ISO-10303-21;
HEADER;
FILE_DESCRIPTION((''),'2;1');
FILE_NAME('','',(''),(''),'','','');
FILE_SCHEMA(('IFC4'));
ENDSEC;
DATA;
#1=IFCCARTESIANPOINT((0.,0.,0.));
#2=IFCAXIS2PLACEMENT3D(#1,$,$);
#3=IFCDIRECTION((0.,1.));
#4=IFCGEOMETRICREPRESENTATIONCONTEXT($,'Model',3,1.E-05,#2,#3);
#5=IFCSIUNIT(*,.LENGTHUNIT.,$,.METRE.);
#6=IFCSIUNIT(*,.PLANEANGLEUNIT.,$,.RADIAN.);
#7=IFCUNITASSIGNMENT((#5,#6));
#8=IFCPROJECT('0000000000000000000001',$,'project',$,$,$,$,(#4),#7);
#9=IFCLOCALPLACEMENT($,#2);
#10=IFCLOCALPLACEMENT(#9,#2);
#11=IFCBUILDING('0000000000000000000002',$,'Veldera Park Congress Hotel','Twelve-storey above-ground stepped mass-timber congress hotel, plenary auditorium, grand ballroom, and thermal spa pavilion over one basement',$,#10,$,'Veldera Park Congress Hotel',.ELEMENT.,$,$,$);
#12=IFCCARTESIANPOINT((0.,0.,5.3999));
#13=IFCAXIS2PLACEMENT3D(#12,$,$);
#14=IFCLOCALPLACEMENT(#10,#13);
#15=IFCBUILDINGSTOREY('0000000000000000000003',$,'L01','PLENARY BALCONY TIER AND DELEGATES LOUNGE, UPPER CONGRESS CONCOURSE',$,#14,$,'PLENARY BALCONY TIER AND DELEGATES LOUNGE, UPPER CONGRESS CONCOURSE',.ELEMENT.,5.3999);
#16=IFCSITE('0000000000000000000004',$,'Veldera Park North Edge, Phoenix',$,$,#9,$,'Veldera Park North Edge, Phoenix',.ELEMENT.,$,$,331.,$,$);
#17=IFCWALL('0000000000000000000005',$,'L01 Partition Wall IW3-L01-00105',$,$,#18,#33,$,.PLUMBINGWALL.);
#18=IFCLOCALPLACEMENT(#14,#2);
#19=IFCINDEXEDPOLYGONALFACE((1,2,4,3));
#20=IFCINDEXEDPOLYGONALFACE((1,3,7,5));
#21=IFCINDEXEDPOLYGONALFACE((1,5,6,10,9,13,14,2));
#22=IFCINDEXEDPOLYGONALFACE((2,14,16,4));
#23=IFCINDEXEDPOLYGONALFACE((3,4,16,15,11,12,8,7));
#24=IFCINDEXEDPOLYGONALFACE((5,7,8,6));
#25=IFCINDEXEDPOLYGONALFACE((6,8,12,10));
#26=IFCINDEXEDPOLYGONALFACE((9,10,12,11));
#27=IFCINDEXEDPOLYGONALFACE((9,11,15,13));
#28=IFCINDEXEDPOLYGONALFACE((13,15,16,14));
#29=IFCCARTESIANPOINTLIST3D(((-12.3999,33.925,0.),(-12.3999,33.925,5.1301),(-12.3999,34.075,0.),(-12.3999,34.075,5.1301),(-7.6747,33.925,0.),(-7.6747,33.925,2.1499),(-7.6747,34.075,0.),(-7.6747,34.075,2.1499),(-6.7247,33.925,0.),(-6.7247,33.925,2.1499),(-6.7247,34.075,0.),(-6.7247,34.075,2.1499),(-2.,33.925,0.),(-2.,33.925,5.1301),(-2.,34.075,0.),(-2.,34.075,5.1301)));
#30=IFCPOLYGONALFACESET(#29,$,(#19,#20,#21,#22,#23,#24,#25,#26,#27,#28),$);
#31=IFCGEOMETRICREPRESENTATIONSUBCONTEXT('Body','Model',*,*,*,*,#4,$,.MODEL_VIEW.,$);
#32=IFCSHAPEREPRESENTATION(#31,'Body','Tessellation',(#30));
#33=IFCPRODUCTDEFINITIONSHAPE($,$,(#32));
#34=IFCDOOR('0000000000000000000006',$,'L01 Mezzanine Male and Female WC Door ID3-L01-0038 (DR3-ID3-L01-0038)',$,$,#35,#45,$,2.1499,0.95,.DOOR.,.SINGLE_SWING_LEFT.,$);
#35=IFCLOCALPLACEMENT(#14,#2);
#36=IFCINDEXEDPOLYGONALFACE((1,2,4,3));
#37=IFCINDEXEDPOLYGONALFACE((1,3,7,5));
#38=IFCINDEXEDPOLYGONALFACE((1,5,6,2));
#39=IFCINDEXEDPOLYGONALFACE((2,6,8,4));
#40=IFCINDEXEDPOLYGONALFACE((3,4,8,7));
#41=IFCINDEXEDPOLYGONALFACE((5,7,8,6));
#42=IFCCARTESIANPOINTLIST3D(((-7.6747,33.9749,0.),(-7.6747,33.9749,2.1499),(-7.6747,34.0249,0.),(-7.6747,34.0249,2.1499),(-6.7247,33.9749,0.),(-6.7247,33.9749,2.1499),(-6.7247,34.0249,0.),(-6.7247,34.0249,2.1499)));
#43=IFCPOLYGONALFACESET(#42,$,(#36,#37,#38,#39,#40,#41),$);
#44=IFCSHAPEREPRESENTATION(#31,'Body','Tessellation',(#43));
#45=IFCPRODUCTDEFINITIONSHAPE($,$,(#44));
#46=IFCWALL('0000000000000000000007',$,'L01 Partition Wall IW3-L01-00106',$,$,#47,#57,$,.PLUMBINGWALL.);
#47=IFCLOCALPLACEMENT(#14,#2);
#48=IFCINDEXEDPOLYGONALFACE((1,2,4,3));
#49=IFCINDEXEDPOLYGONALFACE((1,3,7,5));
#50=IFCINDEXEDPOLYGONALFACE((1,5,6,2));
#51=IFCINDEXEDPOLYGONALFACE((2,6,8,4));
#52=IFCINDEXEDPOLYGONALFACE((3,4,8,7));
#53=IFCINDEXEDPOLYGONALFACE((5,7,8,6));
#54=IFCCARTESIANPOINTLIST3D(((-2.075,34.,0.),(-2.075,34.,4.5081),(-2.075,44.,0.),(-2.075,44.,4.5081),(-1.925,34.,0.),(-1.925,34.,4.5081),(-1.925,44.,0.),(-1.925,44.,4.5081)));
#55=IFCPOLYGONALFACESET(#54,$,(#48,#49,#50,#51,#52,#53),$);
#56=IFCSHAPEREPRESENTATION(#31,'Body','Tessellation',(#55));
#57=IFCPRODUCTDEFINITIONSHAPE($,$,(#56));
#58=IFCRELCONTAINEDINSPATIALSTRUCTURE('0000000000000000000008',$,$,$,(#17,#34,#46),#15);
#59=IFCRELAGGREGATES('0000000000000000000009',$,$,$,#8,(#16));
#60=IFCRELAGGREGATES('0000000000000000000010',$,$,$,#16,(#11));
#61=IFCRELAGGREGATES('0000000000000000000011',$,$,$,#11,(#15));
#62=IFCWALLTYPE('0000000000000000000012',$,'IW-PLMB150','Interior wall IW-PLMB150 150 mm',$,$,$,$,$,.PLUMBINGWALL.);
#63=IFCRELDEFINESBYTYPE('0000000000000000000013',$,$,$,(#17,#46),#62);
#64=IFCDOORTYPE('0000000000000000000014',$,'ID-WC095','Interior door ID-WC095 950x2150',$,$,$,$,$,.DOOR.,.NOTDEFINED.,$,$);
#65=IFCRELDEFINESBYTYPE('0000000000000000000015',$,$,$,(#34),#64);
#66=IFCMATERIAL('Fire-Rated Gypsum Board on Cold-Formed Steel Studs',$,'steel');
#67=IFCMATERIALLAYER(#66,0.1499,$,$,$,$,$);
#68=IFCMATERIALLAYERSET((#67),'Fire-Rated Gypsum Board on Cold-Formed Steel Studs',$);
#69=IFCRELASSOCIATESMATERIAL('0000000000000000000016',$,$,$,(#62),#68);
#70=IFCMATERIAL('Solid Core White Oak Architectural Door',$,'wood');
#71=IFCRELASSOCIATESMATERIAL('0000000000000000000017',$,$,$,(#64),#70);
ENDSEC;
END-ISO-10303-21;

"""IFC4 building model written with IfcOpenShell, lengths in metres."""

from ifc_helpers import new_model, si_unit, direction, frame, frame_2d, origin, place, context, subcontext, project, spatial, rectangle, extrude, material, layer, layer_set, type_object, element, fill, save


model = new_model("IFC4")

# Units and contexts
model_context = context("Model", 3, precision=1e-05, world=origin(), true_north=direction((0.0, 1.0)))
body_context = subcontext(model_context, "Body", "Model", "MODEL_VIEW")
ifc_project = project(units=[si_unit("LENGTHUNIT", "METRE"), si_unit("PLANEANGLEUNIT", "RADIAN")], contexts=[model_context])

# Site, building, storey
site_placement = place(None, origin())
site = spatial("IfcSite", under=ifc_project, at=site_placement, Name="Veldera Park North Edge, Phoenix", LongName="Veldera Park North Edge, Phoenix", CompositionType="ELEMENT", RefElevation=331.0)
building_placement = place(site_placement, origin())
building = spatial("IfcBuilding", under=site, at=building_placement, Name="Veldera Park Congress Hotel", Description="Twelve-storey above-ground stepped mass-timber congress hotel, plenary auditorium, grand ballroom, and thermal spa pavilion over one basement", LongName="Veldera Park Congress Hotel", CompositionType="ELEMENT")
storey_placement = place(building_placement, frame((0.0, 0.0, 5.3999)))
storey = spatial("IfcBuildingStorey", under=building, at=storey_placement, Name="L01", Description="PLENARY BALCONY TIER AND DELEGATES LOUNGE, UPPER CONGRESS CONCOURSE", LongName="PLENARY BALCONY TIER AND DELEGATES LOUNGE, UPPER CONGRESS CONCOURSE", CompositionType="ELEMENT", Elevation=5.3999)

# Shared definitions
ifc_material_1 = material(Name="Fire-Rated Gypsum Board on Cold-Formed Steel Studs", Category="steel")
ifc_material_2 = material(Name="Solid Core White Oak Architectural Door", Category="wood")

# Wall, opening, door
ifc_layer_1 = layer(ifc_material_1, 0.1499)
ifc_layer_set_1 = layer_set([ifc_layer_1], Name="Fire-Rated Gypsum Board on Cold-Formed Steel Studs")
wall_type_1 = type_object("IfcWallType", Name="IW-PLMB150", Description="Interior wall IW-PLMB150 150 mm", PredefinedType="PLUMBINGWALL", material=ifc_layer_set_1)
wall_1_placement = place(storey_placement, frame((-12.3999, 34.0, 0.0), z_axis=(0.0, 0.0, 1.0), x_axis=(1.0, 0.0, 0.0)))
wall_1 = element("IfcWall", 1, at=wall_1_placement, inside=storey, type_object=wall_type_1, Name="L01 Partition Wall IW3-L01-00105", PredefinedType="PLUMBINGWALL", context=body_context, shape_type="SweptSolid", body=[
    extrude(rectangle(XDim=10.3999, YDim=0.1499, at=frame_2d((5.2, 0.0))), origin(), (0.0, 0.0, 1.0), 5.1301),
])
opening_1_placement = place(wall_1_placement, frame((4.7251, 0.0, 0.0)))
opening_1 = element("IfcOpeningElement", 2, at=opening_1_placement, cuts=wall_1, PredefinedType="OPENING", context=body_context, shape_type="SweptSolid", body=[
    extrude(rectangle(XDim=0.95, YDim=2.1499, at=frame_2d((0.4751, 1.075))), frame((0.0, 0.0869, 0.0), z_axis=(0.0, -1.0, 0.0), x_axis=(1.0, 0.0, 0.0)), (0.0, 0.0, 1.0), 0.1738),
])
door_type_1 = type_object("IfcDoorType", Name="ID-WC095", Description="Interior door ID-WC095 950x2150", OperationType="NOTDEFINED", PredefinedType="DOOR", material=ifc_material_2)
door_1_placement = place(opening_1_placement, origin())
door_1 = element("IfcDoor", 3, at=door_1_placement, inside=storey, type_object=door_type_1, Name="L01 Mezzanine Male and Female WC Door ID3-L01-0038 (DR3-ID3-L01-0038)", OperationType="SINGLE_SWING_LEFT", OverallHeight=2.1499, OverallWidth=0.95, PredefinedType="DOOR", context=body_context, shape_type="SweptSolid", body=[
    extrude(rectangle(XDim=0.95, YDim=2.1499, at=frame_2d((0.4751, 1.075))), frame((0.0, 0.0249, 0.0), z_axis=(0.0, -1.0, 0.0), x_axis=(1.0, 0.0, 0.0)), (0.0, 0.0, 1.0), 0.05),
])
fill(opening_1, door_1)

# Wall
wall_2_placement = place(storey_placement, frame((-2.0, 34.0, 0.0), z_axis=(0.0, 0.0, 1.0), x_axis=(0.0, 1.0, 0.0)))
element("IfcWall", 4, at=wall_2_placement, inside=storey, type_object=wall_type_1, Name="L01 Partition Wall IW3-L01-00106", PredefinedType="PLUMBINGWALL", context=body_context, shape_type="SweptSolid", body=[
    extrude(rectangle(XDim=10.0, YDim=0.1499, at=frame_2d((5.0, 0.0))), origin(), (0.0, 0.0, 1.0), 4.5081),
])

save(model, "model.ifc")
